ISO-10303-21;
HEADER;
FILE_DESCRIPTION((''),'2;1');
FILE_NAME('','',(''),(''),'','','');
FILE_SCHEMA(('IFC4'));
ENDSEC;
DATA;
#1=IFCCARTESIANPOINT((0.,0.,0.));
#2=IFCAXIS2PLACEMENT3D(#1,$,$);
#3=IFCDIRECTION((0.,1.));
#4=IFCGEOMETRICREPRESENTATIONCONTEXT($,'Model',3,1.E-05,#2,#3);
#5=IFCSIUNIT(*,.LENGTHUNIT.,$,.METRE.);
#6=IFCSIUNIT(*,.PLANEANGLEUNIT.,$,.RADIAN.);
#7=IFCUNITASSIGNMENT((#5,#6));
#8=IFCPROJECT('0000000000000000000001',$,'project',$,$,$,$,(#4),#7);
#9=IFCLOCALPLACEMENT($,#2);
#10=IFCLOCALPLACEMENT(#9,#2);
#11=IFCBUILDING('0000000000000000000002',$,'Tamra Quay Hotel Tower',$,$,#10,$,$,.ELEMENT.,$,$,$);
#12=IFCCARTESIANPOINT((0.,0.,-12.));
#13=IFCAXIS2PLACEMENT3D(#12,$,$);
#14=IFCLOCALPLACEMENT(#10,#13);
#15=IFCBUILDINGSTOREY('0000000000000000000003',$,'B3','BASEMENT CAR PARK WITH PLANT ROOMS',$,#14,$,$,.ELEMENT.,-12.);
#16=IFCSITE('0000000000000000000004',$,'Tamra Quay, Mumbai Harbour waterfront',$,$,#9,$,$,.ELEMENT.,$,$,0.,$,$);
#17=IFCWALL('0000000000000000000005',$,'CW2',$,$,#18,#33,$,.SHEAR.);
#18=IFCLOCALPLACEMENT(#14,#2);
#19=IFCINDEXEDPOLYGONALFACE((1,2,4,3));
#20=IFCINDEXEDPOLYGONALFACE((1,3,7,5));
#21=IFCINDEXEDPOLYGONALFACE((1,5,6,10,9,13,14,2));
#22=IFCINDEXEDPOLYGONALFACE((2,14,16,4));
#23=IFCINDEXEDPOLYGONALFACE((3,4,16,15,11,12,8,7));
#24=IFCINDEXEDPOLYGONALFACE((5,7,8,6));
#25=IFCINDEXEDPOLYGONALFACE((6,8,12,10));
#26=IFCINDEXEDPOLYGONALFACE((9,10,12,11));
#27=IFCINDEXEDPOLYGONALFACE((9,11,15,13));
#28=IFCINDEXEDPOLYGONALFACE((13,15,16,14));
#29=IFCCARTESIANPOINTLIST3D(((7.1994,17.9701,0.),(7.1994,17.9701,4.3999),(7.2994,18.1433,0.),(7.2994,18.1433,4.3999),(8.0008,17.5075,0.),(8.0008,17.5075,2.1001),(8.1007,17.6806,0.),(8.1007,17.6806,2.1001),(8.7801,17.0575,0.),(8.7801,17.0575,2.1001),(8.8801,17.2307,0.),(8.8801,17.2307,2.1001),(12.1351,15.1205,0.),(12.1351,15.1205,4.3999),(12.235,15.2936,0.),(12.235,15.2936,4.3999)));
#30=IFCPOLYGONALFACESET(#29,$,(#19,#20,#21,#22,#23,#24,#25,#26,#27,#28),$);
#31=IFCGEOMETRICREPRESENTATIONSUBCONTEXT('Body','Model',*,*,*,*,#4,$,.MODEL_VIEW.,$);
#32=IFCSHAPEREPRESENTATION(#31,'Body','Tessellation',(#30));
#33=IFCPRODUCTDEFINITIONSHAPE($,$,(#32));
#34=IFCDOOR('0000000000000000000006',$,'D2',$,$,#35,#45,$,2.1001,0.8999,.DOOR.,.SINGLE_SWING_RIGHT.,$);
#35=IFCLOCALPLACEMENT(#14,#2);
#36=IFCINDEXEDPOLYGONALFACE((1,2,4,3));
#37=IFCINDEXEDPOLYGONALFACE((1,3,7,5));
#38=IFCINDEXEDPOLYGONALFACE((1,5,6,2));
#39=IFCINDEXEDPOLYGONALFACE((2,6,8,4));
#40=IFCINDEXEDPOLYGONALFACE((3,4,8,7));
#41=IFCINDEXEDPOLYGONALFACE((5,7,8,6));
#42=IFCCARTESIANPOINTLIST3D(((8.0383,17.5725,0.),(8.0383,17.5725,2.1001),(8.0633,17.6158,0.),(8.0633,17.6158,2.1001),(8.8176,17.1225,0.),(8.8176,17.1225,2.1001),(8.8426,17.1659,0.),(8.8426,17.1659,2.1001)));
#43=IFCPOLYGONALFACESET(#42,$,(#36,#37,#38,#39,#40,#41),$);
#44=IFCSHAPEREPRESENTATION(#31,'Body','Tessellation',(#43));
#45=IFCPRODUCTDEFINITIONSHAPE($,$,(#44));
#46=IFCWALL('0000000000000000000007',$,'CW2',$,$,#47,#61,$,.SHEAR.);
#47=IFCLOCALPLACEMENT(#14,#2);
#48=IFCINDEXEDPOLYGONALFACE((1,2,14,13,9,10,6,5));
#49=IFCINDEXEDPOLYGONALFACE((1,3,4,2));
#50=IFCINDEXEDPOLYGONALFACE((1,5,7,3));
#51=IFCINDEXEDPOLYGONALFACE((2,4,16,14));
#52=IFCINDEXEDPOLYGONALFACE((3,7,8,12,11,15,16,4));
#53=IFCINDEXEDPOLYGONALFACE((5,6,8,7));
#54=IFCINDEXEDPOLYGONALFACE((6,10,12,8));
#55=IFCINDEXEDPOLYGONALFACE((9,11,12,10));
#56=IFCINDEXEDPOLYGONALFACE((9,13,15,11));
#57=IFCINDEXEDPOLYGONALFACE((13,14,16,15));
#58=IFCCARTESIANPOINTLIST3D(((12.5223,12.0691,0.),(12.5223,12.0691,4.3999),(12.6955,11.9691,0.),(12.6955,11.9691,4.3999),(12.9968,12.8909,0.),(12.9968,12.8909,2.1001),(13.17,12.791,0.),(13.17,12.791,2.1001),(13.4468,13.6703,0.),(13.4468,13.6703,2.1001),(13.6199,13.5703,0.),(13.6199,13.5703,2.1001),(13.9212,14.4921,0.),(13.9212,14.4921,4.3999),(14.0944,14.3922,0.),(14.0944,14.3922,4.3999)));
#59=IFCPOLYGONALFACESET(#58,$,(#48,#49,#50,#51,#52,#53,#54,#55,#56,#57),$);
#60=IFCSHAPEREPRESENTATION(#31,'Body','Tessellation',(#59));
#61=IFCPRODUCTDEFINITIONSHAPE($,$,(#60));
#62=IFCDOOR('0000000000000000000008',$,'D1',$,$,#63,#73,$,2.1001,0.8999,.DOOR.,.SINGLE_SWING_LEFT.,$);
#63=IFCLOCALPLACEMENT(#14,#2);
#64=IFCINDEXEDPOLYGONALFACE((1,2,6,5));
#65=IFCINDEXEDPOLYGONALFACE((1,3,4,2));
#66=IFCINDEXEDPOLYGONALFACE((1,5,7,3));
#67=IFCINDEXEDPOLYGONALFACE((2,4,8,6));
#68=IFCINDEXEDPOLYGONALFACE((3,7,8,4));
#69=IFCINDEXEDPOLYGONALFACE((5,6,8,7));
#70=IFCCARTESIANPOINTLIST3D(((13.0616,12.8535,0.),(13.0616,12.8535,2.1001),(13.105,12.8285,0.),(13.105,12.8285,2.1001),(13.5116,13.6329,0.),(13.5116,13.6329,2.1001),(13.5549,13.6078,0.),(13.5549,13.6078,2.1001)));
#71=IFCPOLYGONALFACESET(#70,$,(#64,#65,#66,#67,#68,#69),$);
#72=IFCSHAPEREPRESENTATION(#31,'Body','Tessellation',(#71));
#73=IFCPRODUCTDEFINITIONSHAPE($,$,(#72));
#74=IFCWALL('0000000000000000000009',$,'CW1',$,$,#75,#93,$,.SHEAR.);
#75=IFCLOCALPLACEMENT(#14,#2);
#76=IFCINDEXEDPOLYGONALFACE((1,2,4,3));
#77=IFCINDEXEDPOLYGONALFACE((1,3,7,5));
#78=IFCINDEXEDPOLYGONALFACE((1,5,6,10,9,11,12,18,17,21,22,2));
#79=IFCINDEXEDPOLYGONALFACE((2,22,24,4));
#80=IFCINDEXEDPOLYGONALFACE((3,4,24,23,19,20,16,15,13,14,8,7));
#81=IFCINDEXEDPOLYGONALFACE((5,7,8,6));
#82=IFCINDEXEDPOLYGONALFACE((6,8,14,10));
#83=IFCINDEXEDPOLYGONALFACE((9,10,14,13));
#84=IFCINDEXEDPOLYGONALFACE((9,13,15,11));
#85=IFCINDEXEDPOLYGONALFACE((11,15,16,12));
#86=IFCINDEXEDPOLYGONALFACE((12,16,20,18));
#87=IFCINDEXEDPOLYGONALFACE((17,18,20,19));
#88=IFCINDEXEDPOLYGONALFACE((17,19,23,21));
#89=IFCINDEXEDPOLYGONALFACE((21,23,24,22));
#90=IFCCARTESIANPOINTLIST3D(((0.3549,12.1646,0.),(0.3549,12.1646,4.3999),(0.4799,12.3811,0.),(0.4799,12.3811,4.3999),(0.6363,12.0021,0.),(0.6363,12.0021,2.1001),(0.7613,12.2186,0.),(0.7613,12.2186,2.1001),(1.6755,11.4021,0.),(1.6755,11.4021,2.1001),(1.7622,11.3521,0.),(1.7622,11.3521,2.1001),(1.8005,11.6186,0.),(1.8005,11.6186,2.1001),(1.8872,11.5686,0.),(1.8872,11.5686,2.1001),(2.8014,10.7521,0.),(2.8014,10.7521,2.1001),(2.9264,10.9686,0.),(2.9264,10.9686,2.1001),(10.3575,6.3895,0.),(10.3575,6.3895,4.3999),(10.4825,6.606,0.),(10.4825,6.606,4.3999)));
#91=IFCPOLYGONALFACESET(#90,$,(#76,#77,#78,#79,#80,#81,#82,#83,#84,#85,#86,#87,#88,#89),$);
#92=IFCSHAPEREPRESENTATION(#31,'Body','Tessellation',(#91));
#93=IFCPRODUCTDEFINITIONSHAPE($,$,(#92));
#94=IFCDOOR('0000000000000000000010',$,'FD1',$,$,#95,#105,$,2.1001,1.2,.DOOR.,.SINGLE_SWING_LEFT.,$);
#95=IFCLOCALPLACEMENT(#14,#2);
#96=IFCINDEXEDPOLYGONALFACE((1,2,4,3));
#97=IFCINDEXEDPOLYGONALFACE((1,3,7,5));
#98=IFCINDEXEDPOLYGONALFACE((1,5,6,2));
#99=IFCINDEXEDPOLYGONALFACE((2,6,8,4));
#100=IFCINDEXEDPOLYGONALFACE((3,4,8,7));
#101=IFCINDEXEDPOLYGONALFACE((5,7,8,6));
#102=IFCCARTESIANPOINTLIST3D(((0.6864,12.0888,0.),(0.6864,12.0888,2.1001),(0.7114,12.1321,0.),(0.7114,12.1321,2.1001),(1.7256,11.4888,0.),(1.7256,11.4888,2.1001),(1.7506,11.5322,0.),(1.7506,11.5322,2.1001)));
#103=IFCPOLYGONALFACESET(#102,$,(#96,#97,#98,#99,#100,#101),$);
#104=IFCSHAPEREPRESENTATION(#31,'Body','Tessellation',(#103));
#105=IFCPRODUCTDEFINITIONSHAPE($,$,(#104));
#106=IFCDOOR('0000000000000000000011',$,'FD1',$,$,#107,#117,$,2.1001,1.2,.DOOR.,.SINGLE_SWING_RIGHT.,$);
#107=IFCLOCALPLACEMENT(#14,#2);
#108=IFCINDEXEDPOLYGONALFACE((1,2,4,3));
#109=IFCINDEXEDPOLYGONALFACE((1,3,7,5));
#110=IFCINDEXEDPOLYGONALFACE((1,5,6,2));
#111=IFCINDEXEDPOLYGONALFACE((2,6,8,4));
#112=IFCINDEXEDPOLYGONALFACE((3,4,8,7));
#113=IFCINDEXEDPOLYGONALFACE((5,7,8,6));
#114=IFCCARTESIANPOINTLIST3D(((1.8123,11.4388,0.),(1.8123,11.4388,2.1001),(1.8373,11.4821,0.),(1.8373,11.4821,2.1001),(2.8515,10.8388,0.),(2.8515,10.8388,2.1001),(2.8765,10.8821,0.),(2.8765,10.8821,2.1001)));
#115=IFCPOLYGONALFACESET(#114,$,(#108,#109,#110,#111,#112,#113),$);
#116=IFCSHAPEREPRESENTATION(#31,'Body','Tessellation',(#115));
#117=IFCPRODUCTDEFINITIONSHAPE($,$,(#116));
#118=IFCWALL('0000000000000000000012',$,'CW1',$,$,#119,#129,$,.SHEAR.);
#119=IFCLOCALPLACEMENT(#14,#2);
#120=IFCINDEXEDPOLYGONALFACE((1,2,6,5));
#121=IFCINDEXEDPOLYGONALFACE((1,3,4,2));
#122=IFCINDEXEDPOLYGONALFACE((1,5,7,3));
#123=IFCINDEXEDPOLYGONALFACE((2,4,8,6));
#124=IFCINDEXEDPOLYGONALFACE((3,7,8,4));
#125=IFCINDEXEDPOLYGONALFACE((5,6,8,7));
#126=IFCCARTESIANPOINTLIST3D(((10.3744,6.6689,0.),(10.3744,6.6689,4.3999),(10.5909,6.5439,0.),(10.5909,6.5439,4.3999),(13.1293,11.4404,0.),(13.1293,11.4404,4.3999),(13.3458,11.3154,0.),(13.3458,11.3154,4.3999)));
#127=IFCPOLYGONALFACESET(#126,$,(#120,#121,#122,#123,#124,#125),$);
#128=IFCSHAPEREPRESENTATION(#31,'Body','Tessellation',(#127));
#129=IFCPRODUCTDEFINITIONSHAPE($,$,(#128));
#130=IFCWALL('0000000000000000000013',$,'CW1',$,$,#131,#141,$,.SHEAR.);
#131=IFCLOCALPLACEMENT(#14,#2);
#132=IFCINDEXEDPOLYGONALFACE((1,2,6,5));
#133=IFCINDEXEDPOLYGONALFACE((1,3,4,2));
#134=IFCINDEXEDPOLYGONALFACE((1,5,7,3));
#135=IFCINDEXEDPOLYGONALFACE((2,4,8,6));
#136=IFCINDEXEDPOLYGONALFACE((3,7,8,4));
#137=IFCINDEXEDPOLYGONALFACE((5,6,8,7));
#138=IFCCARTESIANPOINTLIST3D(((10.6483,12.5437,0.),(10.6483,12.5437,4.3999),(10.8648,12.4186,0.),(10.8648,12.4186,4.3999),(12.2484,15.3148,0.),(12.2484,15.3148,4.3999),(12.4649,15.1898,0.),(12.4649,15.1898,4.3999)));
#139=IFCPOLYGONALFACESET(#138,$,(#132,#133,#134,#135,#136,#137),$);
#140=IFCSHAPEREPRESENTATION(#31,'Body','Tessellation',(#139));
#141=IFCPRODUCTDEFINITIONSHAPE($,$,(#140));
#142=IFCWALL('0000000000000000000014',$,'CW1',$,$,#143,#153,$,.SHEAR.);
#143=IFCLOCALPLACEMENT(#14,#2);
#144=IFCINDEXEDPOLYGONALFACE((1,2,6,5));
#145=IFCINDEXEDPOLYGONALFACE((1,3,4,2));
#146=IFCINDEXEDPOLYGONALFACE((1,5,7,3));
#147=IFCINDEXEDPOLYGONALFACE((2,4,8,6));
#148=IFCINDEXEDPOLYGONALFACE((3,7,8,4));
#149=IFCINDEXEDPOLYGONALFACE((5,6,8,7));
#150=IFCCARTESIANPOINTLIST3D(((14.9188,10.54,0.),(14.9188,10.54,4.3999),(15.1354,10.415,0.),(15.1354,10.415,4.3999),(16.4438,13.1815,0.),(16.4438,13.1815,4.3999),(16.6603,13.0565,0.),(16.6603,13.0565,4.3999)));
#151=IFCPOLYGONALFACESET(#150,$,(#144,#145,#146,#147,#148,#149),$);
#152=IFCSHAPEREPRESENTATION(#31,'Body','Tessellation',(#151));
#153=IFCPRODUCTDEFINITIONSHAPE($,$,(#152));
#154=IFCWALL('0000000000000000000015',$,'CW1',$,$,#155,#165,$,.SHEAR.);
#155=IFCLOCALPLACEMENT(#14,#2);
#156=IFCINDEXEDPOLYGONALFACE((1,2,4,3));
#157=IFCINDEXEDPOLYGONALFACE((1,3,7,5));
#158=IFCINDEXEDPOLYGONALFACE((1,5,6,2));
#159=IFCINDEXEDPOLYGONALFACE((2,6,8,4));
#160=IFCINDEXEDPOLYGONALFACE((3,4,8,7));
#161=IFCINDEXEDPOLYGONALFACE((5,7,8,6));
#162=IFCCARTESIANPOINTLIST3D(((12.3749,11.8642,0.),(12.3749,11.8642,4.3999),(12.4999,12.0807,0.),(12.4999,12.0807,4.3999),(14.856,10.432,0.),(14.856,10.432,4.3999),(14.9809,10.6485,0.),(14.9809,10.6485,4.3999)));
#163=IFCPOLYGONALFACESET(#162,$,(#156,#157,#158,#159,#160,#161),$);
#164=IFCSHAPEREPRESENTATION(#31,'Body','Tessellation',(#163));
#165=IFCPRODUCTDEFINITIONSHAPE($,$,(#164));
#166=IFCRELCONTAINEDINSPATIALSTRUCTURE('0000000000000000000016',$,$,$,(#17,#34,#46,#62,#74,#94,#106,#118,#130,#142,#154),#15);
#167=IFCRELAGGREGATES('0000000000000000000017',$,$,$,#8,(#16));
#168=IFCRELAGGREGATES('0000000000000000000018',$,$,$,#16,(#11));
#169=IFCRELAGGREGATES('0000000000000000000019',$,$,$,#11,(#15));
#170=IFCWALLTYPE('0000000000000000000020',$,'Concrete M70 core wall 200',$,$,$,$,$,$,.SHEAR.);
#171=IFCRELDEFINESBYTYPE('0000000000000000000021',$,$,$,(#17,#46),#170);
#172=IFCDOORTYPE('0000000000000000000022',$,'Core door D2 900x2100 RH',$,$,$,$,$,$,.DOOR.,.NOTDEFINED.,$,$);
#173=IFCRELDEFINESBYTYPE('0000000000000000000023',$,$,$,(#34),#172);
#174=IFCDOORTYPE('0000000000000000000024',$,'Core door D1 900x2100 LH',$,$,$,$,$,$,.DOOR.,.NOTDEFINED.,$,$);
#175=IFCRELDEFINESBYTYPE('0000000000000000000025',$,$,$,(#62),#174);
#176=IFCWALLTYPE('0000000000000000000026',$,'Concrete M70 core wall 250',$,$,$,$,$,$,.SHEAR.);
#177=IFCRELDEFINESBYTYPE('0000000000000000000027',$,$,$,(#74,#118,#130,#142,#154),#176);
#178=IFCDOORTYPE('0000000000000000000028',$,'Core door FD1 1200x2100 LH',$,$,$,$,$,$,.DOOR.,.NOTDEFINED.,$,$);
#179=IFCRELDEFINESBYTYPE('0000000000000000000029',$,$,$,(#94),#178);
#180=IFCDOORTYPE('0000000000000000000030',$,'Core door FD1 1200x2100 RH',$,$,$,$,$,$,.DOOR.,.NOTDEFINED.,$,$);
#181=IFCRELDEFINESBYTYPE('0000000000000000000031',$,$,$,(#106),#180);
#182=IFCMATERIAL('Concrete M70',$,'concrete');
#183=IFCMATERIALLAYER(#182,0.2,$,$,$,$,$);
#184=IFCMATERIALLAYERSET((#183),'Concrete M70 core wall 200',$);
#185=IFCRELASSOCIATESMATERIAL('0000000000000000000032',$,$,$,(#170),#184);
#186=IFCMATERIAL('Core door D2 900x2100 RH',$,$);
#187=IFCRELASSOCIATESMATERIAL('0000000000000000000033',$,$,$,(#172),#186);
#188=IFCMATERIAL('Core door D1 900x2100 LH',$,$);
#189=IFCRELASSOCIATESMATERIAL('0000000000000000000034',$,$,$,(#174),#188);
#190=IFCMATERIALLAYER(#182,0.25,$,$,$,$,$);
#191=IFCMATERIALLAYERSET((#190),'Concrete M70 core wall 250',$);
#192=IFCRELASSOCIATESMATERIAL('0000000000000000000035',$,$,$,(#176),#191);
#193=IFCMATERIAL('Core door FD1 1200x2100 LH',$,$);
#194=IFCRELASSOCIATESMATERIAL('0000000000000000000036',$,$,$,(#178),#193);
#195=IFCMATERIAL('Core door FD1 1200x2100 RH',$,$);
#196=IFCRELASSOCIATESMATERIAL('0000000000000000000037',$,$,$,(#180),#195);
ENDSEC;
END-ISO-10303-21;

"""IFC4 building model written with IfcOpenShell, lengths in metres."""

from ifc_helpers import new_model, si_unit, direction, frame, frame_2d, origin, place, context, subcontext, project, spatial, rectangle, extrude, material, layer, layer_set, type_object, element, fill, save


model = new_model("IFC4")

# Units and contexts
model_context = context("Model", 3, precision=1e-05, world=origin(), true_north=direction((0.0, 1.0)))
body_context = subcontext(model_context, "Body", "Model", "MODEL_VIEW")
ifc_project = project(units=[si_unit("LENGTHUNIT", "METRE"), si_unit("PLANEANGLEUNIT", "RADIAN")], contexts=[model_context])

# Site, building, storey
site_placement = place(None, origin())
site = spatial("IfcSite", under=ifc_project, at=site_placement, Name="Tamra Quay, Mumbai Harbour waterfront", CompositionType="ELEMENT", RefElevation=0.0)
building_placement = place(site_placement, origin())
building = spatial("IfcBuilding", under=site, at=building_placement, Name="Tamra Quay Hotel Tower", CompositionType="ELEMENT")
storey_placement = place(building_placement, frame((0.0, 0.0, -12.0)))
storey = spatial("IfcBuildingStorey", under=building, at=storey_placement, Name="B3", Description="BASEMENT CAR PARK WITH PLANT ROOMS", CompositionType="ELEMENT", Elevation=-12.0)

# Shared definitions
ifc_material_1 = material(Name="Concrete M70", Category="concrete")

# Walls, openings, doors
ifc_layer_1 = layer(ifc_material_1, 0.2)
ifc_layer_set_1 = layer_set([ifc_layer_1], Name="Concrete M70 core wall 200")
wall_type_1 = type_object("IfcWallType", Name="Concrete M70 core wall 200", PredefinedType="SHEAR", material=ifc_layer_set_1)
wall_1_placement = place(storey_placement, frame((12.1851, 15.207, 0.0), z_axis=(0.0, 0.0, 1.0), x_axis=(-0.86602, 0.500009, 0.0)))
wall_1 = element("IfcWall", 1, at=wall_1_placement, inside=storey, type_object=wall_type_1, Name="CW2", PredefinedType="SHEAR", context=body_context, shape_type="SweptSolid", body=[
    extrude(rectangle(XDim=5.6992, YDim=0.2, at=frame_2d((2.8496, 0.0))), origin(), (0.0, 0.0, 1.0), 4.3999),
])
opening_1_placement = place(wall_1_placement, frame((3.874, 0.0, 0.0)))
opening_1 = element("IfcOpeningElement", 2, at=opening_1_placement, cuts=wall_1, PredefinedType="OPENING", context=body_context, shape_type="SweptSolid", body=[
    extrude(rectangle(XDim=0.8999, YDim=2.1001, at=frame_2d((0.45, 1.05))), frame((0.0, 0.1099, 0.0), z_axis=(0.0, -1.0, 0.0), x_axis=(1.0, 0.0, 0.0)), (0.0, 0.0, 1.0), 0.22),
])
ifc_material_2 = material(Name="Core door D2 900x2100 RH")
door_type_1 = type_object("IfcDoorType", Name="Core door D2 900x2100 RH", OperationType="NOTDEFINED", PredefinedType="DOOR", material=ifc_material_2)
door_1_placement = place(opening_1_placement, origin())
door_1 = element("IfcDoor", 3, at=door_1_placement, inside=storey, type_object=door_type_1, Name="D2", OperationType="SINGLE_SWING_RIGHT", OverallHeight=2.1001, OverallWidth=0.8999, PredefinedType="DOOR", context=body_context, shape_type="SweptSolid", body=[
    extrude(rectangle(XDim=0.8999, YDim=2.1001, at=frame_2d((0.45, 1.05))), frame((0.0, 0.0249, 0.0), z_axis=(0.0, -1.0, 0.0), x_axis=(1.0, 0.0, 0.0)), (0.0, 0.0, 1.0), 0.05),
])
fill(opening_1, door_1)
wall_2_placement = place(storey_placement, frame((14.0078, 14.4421, 0.0), z_axis=(0.0, 0.0, 1.0), x_axis=(-0.499987, -0.866033, 0.0)))
wall_2 = element("IfcWall", 4, at=wall_2_placement, inside=storey, type_object=wall_type_1, Name="CW2", PredefinedType="SHEAR", context=body_context, shape_type="SweptSolid", body=[
    extrude(rectangle(XDim=2.7979, YDim=0.2, at=frame_2d((1.3989, 0.0))), origin(), (0.0, 0.0, 1.0), 4.3999),
])
opening_2_placement = place(wall_2_placement, frame((0.949, 0.0, 0.0)))
opening_2 = element("IfcOpeningElement", 5, at=opening_2_placement, cuts=wall_2, PredefinedType="OPENING", context=body_context, shape_type="SweptSolid", body=[
    extrude(rectangle(XDim=0.8999, YDim=2.1001, at=frame_2d((0.45, 1.05))), frame((0.0, 0.1099, 0.0), z_axis=(0.0, -1.0, 0.0), x_axis=(1.0, 0.0, 0.0)), (0.0, 0.0, 1.0), 0.22),
])
ifc_material_3 = material(Name="Core door D1 900x2100 LH")
door_type_2 = type_object("IfcDoorType", Name="Core door D1 900x2100 LH", OperationType="NOTDEFINED", PredefinedType="DOOR", material=ifc_material_3)
door_2_placement = place(opening_2_placement, origin())
door_2 = element("IfcDoor", 6, at=door_2_placement, inside=storey, type_object=door_type_2, Name="D1", OperationType="SINGLE_SWING_LEFT", OverallHeight=2.1001, OverallWidth=0.8999, PredefinedType="DOOR", context=body_context, shape_type="SweptSolid", body=[
    extrude(rectangle(XDim=0.8999, YDim=2.1001, at=frame_2d((0.45, 1.05))), frame((0.0, 0.0249, 0.0), z_axis=(0.0, -1.0, 0.0), x_axis=(1.0, 0.0, 0.0)), (0.0, 0.0, 1.0), 0.05),
])
fill(opening_2, door_2)

# Wall, openings, doors
ifc_layer_2 = layer(ifc_material_1, 0.25)
ifc_layer_set_2 = layer_set([ifc_layer_2], Name="Concrete M70 core wall 250")
wall_type_2 = type_object("IfcWallType", Name="Concrete M70 core wall 250", PredefinedType="SHEAR", material=ifc_layer_set_2)
wall_3_placement = place(storey_placement, frame((10.4199, 6.4978, 0.0), z_axis=(0.0, 0.0, 1.0), x_axis=(-0.866022, 0.500006, 0.0)))
wall_3 = element("IfcWall", 7, at=wall_3_placement, inside=storey, type_object=wall_type_2, Name="CW1", PredefinedType="SHEAR", context=body_context, shape_type="SweptSolid", body=[
    extrude(rectangle(XDim=11.55, YDim=0.25, at=frame_2d((5.7749, 0.0))), origin(), (0.0, 0.0, 1.0), 4.3999),
])
opening_3_placement = place(wall_3_placement, frame((10.0249, 0.0, 0.0)))
opening_3 = element("IfcOpeningElement", 8, at=opening_3_placement, cuts=wall_3, PredefinedType="OPENING", context=body_context, shape_type="SweptSolid", body=[
    extrude(rectangle(XDim=1.2, YDim=2.1001, at=frame_2d((0.6001, 1.05))), frame((0.0, 0.135, 0.0), z_axis=(0.0, -1.0, 0.0), x_axis=(1.0, 0.0, 0.0)), (0.0, 0.0, 1.0), 0.27),
])
opening_4_placement = place(wall_3_placement, frame((8.7249, 0.0, 0.0)))
opening_4 = element("IfcOpeningElement", 9, at=opening_4_placement, cuts=wall_3, PredefinedType="OPENING", context=body_context, shape_type="SweptSolid", body=[
    extrude(rectangle(XDim=1.2, YDim=2.1001, at=frame_2d((0.6001, 1.05))), frame((0.0, 0.135, 0.0), z_axis=(0.0, -1.0, 0.0), x_axis=(1.0, 0.0, 0.0)), (0.0, 0.0, 1.0), 0.27),
])
ifc_material_4 = material(Name="Core door FD1 1200x2100 LH")
door_type_3 = type_object("IfcDoorType", Name="Core door FD1 1200x2100 LH", OperationType="NOTDEFINED", PredefinedType="DOOR", material=ifc_material_4)
door_3_placement = place(opening_3_placement, origin())
door_3 = element("IfcDoor", 10, at=door_3_placement, inside=storey, type_object=door_type_3, Name="FD1", OperationType="SINGLE_SWING_LEFT", OverallHeight=2.1001, OverallWidth=1.2, PredefinedType="DOOR", context=body_context, shape_type="SweptSolid", body=[
    extrude(rectangle(XDim=1.2, YDim=2.1001, at=frame_2d((0.6001, 1.05))), frame((0.0, 0.0249, 0.0), z_axis=(0.0, -1.0, 0.0), x_axis=(1.0, 0.0, 0.0)), (0.0, 0.0, 1.0), 0.05),
])
fill(opening_3, door_3)
ifc_material_5 = material(Name="Core door FD1 1200x2100 RH")
door_type_4 = type_object("IfcDoorType", Name="Core door FD1 1200x2100 RH", OperationType="NOTDEFINED", PredefinedType="DOOR", material=ifc_material_5)
door_4_placement = place(opening_4_placement, origin())
door_4 = element("IfcDoor", 11, at=door_4_placement, inside=storey, type_object=door_type_4, Name="FD1", OperationType="SINGLE_SWING_RIGHT", OverallHeight=2.1001, OverallWidth=1.2, PredefinedType="DOOR", context=body_context, shape_type="SweptSolid", body=[
    extrude(rectangle(XDim=1.2, YDim=2.1001, at=frame_2d((0.6001, 1.05))), frame((0.0, 0.0249, 0.0), z_axis=(0.0, -1.0, 0.0), x_axis=(1.0, 0.0, 0.0)), (0.0, 0.0, 1.0), 0.05),
])
fill(opening_4, door_4)

# Walls
wall_4_placement = place(storey_placement, frame((13.2375, 11.3779, 0.0), z_axis=(0.0, 0.0, 1.0), x_axis=(-0.500009, -0.86602, 0.0)))
element("IfcWall", 12, at=wall_4_placement, inside=storey, type_object=wall_type_2, Name="CW1", PredefinedType="SHEAR", context=body_context, shape_type="SweptSolid", body=[
    extrude(rectangle(XDim=5.5098, YDim=0.25, at=frame_2d((2.7549, 0.0))), origin(), (0.0, 0.0, 1.0), 4.3999),
])
wall_5_placement = place(storey_placement, frame((12.3567, 15.2524, 0.0), z_axis=(0.0, 0.0, 1.0), x_axis=(-0.500028, -0.866009, 0.0)))
element("IfcWall", 13, at=wall_5_placement, inside=storey, type_object=wall_type_2, Name="CW1", PredefinedType="SHEAR", context=body_context, shape_type="SweptSolid", body=[
    extrude(rectangle(XDim=3.2, YDim=0.25, at=frame_2d((1.6001, 0.0))), origin(), (0.0, 0.0, 1.0), 4.3999),
])
wall_6_placement = place(storey_placement, frame((16.552, 13.1189, 0.0), z_axis=(0.0, 0.0, 1.0), x_axis=(-0.499979, -0.866038, 0.0)))
element("IfcWall", 14, at=wall_6_placement, inside=storey, type_object=wall_type_2, Name="CW1", PredefinedType="SHEAR", context=body_context, shape_type="SweptSolid", body=[
    extrude(rectangle(XDim=3.05, YDim=0.25, at=frame_2d((1.5249, 0.0))), origin(), (0.0, 0.0, 1.0), 4.3999),
])
wall_7_placement = place(storey_placement, frame((14.9185, 10.5403, 0.0), z_axis=(0.0, 0.0, 1.0), x_axis=(-0.866064, 0.499934, 0.0)))
element("IfcWall", 15, at=wall_7_placement, inside=storey, type_object=wall_type_2, Name="CW1", PredefinedType="SHEAR", context=body_context, shape_type="SweptSolid", body=[
    extrude(rectangle(XDim=2.8647, YDim=0.25, at=frame_2d((1.4324, 0.0))), origin(), (0.0, 0.0, 1.0), 4.3999),
])

save(model, "model.ifc")
